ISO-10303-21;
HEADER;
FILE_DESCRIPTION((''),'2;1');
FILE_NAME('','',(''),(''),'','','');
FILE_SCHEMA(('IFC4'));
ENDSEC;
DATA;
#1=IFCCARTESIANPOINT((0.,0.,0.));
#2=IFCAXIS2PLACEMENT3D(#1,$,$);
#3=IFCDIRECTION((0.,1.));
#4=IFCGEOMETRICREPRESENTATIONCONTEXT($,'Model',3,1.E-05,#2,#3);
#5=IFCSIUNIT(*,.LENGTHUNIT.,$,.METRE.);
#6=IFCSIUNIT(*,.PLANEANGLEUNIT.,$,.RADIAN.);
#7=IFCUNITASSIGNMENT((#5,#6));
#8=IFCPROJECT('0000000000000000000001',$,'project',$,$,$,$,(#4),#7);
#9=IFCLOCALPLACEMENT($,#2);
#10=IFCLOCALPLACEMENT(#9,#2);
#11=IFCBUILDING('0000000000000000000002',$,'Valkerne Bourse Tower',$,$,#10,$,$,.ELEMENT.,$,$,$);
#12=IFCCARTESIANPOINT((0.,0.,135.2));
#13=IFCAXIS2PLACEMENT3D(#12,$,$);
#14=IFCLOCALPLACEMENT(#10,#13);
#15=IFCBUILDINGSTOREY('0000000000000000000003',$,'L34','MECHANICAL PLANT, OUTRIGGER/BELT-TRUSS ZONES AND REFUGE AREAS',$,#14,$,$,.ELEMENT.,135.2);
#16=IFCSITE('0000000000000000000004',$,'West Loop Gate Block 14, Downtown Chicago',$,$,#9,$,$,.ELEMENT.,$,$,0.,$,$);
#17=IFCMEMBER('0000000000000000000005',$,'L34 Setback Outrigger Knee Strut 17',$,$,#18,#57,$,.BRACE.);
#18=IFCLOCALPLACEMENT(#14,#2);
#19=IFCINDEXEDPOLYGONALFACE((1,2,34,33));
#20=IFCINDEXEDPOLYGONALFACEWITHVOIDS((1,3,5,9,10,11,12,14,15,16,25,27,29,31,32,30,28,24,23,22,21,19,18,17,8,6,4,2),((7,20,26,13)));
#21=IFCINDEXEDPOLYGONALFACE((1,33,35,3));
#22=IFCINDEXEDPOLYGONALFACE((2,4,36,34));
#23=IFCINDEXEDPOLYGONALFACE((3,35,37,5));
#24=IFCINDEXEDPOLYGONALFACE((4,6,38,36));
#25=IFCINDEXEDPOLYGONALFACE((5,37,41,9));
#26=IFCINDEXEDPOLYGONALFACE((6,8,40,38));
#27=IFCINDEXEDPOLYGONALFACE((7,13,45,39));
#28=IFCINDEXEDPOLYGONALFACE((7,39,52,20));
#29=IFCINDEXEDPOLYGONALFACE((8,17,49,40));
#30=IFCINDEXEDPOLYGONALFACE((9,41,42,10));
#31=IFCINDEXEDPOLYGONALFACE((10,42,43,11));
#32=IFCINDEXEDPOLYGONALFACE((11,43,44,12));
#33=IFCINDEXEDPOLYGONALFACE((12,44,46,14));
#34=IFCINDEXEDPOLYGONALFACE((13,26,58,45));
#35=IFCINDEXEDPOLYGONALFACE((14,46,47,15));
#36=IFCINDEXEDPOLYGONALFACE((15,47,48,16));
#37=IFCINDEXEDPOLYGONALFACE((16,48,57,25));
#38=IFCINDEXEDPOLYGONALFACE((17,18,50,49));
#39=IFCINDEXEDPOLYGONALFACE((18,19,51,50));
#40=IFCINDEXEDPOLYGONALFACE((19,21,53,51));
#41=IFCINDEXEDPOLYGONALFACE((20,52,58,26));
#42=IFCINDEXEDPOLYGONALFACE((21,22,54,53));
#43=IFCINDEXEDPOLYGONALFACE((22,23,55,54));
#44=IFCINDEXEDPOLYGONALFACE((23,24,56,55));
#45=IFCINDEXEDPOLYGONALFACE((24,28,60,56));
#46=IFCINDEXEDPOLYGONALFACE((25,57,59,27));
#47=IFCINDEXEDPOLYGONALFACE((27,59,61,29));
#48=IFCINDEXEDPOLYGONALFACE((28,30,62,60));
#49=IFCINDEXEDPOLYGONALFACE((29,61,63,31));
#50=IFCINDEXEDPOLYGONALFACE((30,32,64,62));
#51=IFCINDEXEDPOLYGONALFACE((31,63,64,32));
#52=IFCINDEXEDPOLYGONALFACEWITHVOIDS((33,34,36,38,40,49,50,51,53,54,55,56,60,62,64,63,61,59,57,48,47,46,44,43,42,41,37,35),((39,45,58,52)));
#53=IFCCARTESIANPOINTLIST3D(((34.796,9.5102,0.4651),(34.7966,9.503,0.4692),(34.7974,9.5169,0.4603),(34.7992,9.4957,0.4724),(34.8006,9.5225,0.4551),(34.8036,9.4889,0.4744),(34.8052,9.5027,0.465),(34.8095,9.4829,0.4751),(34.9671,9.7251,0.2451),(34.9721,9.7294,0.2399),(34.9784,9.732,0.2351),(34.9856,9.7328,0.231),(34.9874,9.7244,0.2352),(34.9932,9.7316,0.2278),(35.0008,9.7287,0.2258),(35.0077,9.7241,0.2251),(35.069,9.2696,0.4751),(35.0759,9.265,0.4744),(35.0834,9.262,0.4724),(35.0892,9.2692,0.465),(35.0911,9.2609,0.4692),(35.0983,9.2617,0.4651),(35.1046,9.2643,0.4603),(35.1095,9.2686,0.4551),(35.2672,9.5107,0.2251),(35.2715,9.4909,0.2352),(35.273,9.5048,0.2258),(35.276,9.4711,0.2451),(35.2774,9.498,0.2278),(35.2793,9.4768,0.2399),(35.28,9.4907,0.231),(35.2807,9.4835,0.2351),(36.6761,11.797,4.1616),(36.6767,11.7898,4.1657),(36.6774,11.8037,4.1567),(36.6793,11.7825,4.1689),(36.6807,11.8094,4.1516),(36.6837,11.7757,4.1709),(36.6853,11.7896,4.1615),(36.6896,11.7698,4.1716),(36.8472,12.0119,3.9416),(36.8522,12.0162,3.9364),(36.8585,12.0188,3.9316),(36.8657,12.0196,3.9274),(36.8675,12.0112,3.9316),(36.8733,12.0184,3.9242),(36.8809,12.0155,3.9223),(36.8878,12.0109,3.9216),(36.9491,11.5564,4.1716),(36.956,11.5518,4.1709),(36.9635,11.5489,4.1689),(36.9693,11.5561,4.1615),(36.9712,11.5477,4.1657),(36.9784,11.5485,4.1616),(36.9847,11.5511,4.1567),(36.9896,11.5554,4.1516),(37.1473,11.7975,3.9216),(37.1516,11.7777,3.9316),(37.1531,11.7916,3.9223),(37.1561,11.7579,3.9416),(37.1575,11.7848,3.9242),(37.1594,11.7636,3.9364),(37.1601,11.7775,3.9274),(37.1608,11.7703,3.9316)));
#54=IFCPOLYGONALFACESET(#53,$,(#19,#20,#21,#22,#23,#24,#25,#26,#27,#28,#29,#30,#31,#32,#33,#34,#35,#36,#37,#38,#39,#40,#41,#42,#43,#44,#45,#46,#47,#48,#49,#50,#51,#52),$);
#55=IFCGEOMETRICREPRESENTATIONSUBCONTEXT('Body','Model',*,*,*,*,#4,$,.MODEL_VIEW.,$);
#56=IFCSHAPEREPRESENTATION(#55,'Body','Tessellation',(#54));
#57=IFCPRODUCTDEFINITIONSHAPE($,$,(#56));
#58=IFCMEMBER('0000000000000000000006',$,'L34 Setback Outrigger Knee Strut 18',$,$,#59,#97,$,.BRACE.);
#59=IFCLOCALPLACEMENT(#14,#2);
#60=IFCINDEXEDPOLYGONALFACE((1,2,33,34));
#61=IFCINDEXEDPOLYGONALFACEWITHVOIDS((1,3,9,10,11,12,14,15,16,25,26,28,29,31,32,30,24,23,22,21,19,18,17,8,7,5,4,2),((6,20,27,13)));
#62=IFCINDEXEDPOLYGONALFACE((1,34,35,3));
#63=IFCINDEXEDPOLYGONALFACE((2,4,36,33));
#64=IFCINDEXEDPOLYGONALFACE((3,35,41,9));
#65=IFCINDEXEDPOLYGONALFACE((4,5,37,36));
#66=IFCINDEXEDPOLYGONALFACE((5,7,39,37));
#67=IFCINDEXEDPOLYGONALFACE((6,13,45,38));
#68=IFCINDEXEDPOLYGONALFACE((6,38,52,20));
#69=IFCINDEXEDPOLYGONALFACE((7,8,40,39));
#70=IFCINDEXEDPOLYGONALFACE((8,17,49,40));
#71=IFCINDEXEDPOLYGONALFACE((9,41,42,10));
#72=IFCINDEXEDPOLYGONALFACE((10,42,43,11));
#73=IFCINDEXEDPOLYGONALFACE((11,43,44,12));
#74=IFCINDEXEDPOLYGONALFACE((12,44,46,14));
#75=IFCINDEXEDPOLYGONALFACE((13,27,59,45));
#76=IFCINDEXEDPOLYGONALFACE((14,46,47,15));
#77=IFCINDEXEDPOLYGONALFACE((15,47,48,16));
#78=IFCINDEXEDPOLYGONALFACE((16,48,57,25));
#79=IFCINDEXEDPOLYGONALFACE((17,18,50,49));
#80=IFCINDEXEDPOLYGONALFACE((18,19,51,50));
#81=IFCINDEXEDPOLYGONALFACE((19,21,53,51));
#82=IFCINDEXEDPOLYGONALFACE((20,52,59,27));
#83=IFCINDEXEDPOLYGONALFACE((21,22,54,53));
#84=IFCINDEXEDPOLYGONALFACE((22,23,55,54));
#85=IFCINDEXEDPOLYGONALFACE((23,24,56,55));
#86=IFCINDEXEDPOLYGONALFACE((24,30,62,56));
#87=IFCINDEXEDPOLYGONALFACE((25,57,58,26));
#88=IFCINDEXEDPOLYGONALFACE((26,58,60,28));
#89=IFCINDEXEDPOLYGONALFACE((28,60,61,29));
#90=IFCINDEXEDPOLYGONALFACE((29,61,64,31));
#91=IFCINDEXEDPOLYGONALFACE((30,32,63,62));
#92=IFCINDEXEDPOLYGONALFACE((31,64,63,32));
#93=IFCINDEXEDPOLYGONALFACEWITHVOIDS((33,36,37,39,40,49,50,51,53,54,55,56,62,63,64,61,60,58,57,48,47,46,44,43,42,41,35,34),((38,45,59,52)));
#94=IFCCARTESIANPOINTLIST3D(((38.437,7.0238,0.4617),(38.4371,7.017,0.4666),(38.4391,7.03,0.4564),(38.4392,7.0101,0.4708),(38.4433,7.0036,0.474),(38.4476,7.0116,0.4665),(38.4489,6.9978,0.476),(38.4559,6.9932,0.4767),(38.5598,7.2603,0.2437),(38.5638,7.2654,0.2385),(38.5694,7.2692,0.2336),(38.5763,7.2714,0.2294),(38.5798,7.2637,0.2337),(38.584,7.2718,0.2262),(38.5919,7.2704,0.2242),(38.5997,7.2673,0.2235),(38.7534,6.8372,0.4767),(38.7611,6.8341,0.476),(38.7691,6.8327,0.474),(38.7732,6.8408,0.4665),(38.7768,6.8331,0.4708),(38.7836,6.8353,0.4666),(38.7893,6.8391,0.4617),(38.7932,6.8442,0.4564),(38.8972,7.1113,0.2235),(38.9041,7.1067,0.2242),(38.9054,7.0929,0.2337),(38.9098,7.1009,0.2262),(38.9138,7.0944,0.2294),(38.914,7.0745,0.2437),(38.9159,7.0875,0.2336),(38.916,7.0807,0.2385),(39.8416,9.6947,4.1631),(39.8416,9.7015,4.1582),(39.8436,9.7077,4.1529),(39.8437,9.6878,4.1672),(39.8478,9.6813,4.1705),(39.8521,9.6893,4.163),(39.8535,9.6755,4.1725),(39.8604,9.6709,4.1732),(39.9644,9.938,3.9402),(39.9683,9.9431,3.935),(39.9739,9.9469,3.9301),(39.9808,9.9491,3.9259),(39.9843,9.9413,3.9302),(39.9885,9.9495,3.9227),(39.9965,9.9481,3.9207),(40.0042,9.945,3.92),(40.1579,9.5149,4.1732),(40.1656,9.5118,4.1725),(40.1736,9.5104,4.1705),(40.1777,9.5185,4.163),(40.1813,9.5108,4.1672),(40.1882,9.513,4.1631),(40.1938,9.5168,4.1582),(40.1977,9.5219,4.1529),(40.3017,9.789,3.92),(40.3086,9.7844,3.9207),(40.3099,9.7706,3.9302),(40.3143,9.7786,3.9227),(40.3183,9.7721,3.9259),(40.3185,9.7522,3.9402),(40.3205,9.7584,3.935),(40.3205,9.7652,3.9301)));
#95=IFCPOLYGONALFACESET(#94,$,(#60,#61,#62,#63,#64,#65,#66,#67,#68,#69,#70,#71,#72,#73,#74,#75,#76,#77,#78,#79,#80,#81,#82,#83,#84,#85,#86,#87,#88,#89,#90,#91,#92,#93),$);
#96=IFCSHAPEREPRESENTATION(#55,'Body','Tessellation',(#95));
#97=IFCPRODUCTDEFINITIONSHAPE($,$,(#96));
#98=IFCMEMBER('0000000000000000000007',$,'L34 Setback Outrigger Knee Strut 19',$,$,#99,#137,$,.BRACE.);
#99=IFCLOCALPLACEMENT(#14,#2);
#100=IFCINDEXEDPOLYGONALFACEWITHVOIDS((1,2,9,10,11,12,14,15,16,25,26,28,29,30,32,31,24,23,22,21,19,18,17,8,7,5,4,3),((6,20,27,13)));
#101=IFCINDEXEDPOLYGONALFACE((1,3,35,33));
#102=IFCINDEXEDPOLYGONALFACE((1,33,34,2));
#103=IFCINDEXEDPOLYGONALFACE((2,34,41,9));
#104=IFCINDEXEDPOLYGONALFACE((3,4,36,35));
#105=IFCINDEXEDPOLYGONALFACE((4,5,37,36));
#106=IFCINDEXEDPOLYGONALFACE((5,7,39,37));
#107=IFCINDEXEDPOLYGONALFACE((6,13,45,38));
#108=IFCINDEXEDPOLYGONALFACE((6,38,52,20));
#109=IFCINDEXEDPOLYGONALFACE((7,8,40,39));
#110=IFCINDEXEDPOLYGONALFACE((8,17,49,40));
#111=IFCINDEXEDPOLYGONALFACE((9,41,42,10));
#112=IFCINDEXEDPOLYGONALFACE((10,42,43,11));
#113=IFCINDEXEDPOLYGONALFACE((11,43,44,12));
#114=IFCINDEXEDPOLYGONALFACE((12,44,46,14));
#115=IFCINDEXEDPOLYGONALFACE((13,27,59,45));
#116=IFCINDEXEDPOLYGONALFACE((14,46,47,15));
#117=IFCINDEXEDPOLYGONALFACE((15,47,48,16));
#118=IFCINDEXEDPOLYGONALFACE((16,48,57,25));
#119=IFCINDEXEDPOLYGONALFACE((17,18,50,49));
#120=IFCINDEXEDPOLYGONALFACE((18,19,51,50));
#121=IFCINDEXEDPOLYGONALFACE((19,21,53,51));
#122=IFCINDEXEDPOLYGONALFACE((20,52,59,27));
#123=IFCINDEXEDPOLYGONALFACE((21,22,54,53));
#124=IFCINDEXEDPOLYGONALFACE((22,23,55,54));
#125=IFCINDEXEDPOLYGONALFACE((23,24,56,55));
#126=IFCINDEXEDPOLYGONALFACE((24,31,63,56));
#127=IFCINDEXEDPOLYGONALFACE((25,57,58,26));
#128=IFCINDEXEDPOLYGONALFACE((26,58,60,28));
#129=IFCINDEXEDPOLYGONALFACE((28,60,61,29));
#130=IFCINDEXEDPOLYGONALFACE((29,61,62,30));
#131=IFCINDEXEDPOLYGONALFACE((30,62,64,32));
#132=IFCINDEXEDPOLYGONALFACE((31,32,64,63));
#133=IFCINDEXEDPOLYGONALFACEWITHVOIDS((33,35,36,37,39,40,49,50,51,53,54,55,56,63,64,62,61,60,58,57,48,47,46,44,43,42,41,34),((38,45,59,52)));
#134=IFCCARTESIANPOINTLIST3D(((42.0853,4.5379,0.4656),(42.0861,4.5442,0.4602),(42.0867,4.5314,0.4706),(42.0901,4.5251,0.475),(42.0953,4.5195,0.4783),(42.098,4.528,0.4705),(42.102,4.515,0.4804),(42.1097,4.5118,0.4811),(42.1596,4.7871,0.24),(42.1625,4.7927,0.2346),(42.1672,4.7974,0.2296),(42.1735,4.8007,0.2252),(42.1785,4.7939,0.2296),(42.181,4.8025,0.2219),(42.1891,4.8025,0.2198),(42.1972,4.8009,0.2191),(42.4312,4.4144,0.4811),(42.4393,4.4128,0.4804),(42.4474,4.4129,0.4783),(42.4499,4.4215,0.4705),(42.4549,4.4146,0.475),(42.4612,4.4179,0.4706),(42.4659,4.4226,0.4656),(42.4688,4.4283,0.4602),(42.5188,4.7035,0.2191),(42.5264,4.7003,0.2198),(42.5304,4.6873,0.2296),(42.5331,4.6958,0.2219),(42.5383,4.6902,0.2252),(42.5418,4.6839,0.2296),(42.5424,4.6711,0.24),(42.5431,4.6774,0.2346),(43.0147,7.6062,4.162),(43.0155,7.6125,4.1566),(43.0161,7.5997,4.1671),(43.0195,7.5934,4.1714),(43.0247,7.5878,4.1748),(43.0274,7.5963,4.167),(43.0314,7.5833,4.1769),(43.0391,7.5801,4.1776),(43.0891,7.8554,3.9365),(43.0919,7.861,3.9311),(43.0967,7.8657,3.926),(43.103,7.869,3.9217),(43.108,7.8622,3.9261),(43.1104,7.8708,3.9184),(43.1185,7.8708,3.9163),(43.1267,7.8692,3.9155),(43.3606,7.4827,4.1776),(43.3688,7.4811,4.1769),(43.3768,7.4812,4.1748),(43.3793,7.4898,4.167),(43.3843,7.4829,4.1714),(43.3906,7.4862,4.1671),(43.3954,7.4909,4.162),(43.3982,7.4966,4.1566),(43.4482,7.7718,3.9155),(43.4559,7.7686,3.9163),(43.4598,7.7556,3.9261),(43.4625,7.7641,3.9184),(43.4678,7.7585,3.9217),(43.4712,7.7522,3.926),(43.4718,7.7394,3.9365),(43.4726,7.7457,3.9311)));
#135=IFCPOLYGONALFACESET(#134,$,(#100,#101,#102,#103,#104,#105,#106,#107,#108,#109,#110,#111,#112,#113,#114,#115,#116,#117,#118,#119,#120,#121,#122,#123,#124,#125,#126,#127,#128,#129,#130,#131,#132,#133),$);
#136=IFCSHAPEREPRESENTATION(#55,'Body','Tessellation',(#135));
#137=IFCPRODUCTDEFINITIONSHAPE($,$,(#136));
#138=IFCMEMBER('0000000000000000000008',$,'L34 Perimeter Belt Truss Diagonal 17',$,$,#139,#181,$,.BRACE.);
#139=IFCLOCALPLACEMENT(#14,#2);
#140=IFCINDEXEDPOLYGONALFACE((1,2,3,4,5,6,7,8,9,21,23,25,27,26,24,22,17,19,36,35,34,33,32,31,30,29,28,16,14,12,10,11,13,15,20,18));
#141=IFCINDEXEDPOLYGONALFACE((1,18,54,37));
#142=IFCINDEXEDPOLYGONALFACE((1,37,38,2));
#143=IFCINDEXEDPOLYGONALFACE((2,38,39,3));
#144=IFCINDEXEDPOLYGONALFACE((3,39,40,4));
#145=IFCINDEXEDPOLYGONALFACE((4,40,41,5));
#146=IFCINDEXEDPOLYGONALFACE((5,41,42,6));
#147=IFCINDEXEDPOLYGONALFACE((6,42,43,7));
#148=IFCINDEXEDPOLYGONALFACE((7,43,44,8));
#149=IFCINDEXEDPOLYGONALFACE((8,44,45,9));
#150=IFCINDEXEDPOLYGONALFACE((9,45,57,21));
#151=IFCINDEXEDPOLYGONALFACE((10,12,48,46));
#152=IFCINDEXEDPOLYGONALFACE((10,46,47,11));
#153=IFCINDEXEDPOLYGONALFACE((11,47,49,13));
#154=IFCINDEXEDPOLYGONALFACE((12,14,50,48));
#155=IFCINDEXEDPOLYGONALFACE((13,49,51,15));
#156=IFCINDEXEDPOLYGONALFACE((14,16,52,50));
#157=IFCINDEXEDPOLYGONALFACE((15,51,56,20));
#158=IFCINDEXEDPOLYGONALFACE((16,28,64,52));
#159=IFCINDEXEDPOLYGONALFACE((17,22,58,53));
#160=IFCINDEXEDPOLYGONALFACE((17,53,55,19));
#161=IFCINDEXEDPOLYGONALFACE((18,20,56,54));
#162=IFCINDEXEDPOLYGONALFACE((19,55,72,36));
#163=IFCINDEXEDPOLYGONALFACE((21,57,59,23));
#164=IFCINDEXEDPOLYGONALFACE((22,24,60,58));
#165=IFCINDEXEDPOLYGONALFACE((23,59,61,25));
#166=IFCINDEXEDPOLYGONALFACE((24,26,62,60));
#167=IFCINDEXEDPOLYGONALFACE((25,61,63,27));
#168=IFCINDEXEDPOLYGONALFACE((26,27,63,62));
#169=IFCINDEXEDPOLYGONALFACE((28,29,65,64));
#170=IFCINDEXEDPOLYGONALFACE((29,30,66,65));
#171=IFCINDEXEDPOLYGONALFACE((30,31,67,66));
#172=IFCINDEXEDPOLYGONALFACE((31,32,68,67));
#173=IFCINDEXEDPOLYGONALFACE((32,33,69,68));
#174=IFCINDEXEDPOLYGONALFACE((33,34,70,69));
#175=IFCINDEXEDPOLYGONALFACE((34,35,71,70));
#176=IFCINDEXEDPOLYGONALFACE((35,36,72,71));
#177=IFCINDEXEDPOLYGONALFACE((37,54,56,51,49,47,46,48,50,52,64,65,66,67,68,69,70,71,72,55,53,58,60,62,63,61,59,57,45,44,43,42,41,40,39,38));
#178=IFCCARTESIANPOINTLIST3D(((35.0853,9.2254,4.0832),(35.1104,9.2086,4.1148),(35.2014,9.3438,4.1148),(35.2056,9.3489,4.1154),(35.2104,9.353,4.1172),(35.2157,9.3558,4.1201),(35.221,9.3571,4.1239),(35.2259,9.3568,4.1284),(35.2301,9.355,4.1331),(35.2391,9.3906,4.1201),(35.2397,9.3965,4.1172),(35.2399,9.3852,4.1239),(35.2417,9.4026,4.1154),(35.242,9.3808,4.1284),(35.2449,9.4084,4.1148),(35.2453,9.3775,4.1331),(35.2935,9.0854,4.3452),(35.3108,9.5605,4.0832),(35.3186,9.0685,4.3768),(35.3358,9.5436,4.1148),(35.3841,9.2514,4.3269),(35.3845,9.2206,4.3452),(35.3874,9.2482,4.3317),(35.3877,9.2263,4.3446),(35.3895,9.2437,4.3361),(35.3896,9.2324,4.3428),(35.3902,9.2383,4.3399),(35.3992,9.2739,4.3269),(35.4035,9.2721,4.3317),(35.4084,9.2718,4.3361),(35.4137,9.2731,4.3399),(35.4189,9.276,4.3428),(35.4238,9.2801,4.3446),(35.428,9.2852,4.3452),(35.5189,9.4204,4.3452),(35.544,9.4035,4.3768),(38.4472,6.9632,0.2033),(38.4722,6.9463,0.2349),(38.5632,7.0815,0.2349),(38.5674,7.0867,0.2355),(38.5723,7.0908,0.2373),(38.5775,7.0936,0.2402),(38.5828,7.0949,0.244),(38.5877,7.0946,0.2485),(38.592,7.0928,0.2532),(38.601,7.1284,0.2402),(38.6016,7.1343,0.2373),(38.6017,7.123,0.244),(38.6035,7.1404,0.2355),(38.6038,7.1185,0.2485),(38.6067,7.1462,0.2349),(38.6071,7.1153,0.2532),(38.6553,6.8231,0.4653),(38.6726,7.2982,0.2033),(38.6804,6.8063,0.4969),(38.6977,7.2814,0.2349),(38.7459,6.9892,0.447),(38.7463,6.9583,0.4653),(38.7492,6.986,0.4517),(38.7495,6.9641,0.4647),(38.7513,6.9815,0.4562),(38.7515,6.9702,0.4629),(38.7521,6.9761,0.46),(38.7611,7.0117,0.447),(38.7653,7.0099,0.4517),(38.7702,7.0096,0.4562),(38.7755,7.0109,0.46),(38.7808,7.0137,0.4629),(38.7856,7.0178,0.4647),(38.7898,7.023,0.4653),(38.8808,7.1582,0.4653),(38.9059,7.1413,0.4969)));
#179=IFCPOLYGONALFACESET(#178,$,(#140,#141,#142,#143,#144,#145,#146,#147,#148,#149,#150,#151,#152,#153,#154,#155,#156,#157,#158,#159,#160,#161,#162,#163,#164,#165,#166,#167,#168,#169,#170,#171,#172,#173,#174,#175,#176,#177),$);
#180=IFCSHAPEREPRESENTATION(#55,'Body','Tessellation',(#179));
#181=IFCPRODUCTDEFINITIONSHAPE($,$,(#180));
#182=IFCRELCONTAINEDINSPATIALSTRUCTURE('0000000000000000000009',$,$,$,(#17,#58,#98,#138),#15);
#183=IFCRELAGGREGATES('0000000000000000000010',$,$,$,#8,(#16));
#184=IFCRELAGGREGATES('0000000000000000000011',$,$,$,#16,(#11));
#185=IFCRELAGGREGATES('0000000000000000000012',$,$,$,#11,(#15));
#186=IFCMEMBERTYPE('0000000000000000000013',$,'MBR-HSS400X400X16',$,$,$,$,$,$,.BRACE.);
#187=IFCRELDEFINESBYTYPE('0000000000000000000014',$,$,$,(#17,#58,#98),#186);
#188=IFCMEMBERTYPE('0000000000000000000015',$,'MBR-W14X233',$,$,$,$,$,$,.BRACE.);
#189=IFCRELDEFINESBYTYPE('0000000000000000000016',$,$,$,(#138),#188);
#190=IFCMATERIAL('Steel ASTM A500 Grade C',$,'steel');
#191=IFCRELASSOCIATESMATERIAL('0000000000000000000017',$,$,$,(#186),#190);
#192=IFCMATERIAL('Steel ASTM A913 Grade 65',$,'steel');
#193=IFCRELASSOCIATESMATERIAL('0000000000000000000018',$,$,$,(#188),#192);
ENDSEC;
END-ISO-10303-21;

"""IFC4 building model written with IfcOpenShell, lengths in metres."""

from ifc_helpers import new_model, si_unit, direction, frame, origin, origin_2d, place, context, subcontext, project, spatial, hollow_rectangle, i_section, extrude, material, material_profile, profile_set, type_object, element, save


model = new_model("IFC4")

# Units and contexts
model_context = context("Model", 3, precision=1e-05, world=origin(), true_north=direction((0.0, 1.0)))
body_context = subcontext(model_context, "Body", "Model", "MODEL_VIEW")
ifc_project = project(units=[si_unit("LENGTHUNIT", "METRE"), si_unit("PLANEANGLEUNIT", "RADIAN")], contexts=[model_context])

# Site, building, storey
site_placement = place(None, origin())
site = spatial("IfcSite", under=ifc_project, at=site_placement, Name="West Loop Gate Block 14, Downtown Chicago", CompositionType="ELEMENT", RefElevation=0.0)
building_placement = place(site_placement, origin())
building = spatial("IfcBuilding", under=site, at=building_placement, Name="Valkerne Bourse Tower", CompositionType="ELEMENT")
storey_placement = place(building_placement, frame((0.0, 0.0, 135.2)))
storey = spatial("IfcBuildingStorey", under=building, at=storey_placement, Name="L34", Description="MECHANICAL PLANT, OUTRIGGER/BELT-TRUSS ZONES AND REFUGE AREAS", CompositionType="ELEMENT", Elevation=135.2)

# Shared definitions
ifc_material_1 = material(Name="Steel ASTM A913 Grade 65", Category="steel")

# Members
ifc_material_2 = material(Name="Steel ASTM A500 Grade C", Category="steel")
ifc_material_profile_1 = material_profile(ifc_material_2, hollow_rectangle(XDim=0.3999, YDim=0.3999, WallThickness=0.0161, OuterFilletRadius=0.032, at=origin_2d()), Name="HSS400X400X16")
ifc_profile_set_1 = profile_set([ifc_material_profile_1], Name="Steel ASTM A500 Grade C")
member_type_1 = type_object("IfcMemberType", Name="MBR-HSS400X400X16", PredefinedType="BRACE", material=ifc_profile_set_1)
member_1_placement = place(storey_placement, frame((35.0383, 9.4968, 0.3501), z_axis=(0.396993, 0.482876, 0.78053), x_axis=(-0.772456, 0.635068, 0.0)))
element("IfcMember", 1, at=member_1_placement, inside=storey, type_object=member_type_1, Name="L34 Setback Outrigger Knee Strut 17", PredefinedType="BRACE", context=body_context, shape_type="SweptSolid", body=[
    extrude(hollow_rectangle(XDim=0.3999, YDim=0.3999, WallThickness=0.0161, OuterFilletRadius=0.032, at=origin_2d()), origin(), (0.0, 0.0, 1.0), 4.7358),
])
member_2_placement = place(storey_placement, frame((38.6765, 7.0522, 0.3501), z_axis=(0.294101, 0.560699, 0.774029), x_axis=(-0.885571, 0.464505, 0.0)))
element("IfcMember", 2, at=member_2_placement, inside=storey, type_object=member_type_1, Name="L34 Setback Outrigger Knee Strut 18", PredefinedType="BRACE", context=body_context, shape_type="SweptSolid", body=[
    extrude(hollow_rectangle(XDim=0.3999, YDim=0.3999, WallThickness=0.0161, OuterFilletRadius=0.032, at=origin_2d()), origin(), (0.0, 0.0, 1.0), 4.7756),
])
member_3_placement = place(storey_placement, frame((42.3142, 4.6077, 0.3501), z_axis=(0.189947, 0.627071, 0.755448), x_axis=(-0.957056, 0.289904, 0.0)))
element("IfcMember", 3, at=member_3_placement, inside=storey, type_object=member_type_1, Name="L34 Setback Outrigger Knee Strut 19", PredefinedType="BRACE", context=body_context, shape_type="SweptSolid", body=[
    extrude(hollow_rectangle(XDim=0.3999, YDim=0.3999, WallThickness=0.0161, OuterFilletRadius=0.032, at=origin_2d()), origin(), (0.0, 0.0, 1.0), 4.8931),
])
ifc_material_profile_2 = material_profile(ifc_material_1, i_section(OverallWidth=0.4038, OverallDepth=0.4065, WebThickness=0.0271, FlangeThickness=0.0437, FilletRadius=0.0254, at=origin_2d()), Name="W14X233")
ifc_profile_set_2 = profile_set([ifc_material_profile_2], Name="Steel ASTM A913 Grade 65")
member_type_2 = type_object("IfcMemberType", Name="MBR-W14X233", PredefinedType="BRACE", material=ifc_profile_set_2)
member_4_placement = place(storey_placement, frame((38.6765, 7.0522, 0.3501), z_axis=(-0.599247, 0.40324, 0.691593), x_axis=(-0.558282, -0.829651, 0.0)))
element("IfcMember", 4, at=member_4_placement, inside=storey, type_object=member_type_2, Name="L34 Perimeter Belt Truss Diagonal 17", PredefinedType="BRACE", context=body_context, shape_type="SweptSolid", body=[
    extrude(i_section(OverallWidth=0.4038, OverallDepth=0.4065, WebThickness=0.0271, FlangeThickness=0.0437, FilletRadius=0.0254, at=origin_2d()), origin(), (0.0, 0.0, 1.0), 5.6101),
])

save(model, "model.ifc")
